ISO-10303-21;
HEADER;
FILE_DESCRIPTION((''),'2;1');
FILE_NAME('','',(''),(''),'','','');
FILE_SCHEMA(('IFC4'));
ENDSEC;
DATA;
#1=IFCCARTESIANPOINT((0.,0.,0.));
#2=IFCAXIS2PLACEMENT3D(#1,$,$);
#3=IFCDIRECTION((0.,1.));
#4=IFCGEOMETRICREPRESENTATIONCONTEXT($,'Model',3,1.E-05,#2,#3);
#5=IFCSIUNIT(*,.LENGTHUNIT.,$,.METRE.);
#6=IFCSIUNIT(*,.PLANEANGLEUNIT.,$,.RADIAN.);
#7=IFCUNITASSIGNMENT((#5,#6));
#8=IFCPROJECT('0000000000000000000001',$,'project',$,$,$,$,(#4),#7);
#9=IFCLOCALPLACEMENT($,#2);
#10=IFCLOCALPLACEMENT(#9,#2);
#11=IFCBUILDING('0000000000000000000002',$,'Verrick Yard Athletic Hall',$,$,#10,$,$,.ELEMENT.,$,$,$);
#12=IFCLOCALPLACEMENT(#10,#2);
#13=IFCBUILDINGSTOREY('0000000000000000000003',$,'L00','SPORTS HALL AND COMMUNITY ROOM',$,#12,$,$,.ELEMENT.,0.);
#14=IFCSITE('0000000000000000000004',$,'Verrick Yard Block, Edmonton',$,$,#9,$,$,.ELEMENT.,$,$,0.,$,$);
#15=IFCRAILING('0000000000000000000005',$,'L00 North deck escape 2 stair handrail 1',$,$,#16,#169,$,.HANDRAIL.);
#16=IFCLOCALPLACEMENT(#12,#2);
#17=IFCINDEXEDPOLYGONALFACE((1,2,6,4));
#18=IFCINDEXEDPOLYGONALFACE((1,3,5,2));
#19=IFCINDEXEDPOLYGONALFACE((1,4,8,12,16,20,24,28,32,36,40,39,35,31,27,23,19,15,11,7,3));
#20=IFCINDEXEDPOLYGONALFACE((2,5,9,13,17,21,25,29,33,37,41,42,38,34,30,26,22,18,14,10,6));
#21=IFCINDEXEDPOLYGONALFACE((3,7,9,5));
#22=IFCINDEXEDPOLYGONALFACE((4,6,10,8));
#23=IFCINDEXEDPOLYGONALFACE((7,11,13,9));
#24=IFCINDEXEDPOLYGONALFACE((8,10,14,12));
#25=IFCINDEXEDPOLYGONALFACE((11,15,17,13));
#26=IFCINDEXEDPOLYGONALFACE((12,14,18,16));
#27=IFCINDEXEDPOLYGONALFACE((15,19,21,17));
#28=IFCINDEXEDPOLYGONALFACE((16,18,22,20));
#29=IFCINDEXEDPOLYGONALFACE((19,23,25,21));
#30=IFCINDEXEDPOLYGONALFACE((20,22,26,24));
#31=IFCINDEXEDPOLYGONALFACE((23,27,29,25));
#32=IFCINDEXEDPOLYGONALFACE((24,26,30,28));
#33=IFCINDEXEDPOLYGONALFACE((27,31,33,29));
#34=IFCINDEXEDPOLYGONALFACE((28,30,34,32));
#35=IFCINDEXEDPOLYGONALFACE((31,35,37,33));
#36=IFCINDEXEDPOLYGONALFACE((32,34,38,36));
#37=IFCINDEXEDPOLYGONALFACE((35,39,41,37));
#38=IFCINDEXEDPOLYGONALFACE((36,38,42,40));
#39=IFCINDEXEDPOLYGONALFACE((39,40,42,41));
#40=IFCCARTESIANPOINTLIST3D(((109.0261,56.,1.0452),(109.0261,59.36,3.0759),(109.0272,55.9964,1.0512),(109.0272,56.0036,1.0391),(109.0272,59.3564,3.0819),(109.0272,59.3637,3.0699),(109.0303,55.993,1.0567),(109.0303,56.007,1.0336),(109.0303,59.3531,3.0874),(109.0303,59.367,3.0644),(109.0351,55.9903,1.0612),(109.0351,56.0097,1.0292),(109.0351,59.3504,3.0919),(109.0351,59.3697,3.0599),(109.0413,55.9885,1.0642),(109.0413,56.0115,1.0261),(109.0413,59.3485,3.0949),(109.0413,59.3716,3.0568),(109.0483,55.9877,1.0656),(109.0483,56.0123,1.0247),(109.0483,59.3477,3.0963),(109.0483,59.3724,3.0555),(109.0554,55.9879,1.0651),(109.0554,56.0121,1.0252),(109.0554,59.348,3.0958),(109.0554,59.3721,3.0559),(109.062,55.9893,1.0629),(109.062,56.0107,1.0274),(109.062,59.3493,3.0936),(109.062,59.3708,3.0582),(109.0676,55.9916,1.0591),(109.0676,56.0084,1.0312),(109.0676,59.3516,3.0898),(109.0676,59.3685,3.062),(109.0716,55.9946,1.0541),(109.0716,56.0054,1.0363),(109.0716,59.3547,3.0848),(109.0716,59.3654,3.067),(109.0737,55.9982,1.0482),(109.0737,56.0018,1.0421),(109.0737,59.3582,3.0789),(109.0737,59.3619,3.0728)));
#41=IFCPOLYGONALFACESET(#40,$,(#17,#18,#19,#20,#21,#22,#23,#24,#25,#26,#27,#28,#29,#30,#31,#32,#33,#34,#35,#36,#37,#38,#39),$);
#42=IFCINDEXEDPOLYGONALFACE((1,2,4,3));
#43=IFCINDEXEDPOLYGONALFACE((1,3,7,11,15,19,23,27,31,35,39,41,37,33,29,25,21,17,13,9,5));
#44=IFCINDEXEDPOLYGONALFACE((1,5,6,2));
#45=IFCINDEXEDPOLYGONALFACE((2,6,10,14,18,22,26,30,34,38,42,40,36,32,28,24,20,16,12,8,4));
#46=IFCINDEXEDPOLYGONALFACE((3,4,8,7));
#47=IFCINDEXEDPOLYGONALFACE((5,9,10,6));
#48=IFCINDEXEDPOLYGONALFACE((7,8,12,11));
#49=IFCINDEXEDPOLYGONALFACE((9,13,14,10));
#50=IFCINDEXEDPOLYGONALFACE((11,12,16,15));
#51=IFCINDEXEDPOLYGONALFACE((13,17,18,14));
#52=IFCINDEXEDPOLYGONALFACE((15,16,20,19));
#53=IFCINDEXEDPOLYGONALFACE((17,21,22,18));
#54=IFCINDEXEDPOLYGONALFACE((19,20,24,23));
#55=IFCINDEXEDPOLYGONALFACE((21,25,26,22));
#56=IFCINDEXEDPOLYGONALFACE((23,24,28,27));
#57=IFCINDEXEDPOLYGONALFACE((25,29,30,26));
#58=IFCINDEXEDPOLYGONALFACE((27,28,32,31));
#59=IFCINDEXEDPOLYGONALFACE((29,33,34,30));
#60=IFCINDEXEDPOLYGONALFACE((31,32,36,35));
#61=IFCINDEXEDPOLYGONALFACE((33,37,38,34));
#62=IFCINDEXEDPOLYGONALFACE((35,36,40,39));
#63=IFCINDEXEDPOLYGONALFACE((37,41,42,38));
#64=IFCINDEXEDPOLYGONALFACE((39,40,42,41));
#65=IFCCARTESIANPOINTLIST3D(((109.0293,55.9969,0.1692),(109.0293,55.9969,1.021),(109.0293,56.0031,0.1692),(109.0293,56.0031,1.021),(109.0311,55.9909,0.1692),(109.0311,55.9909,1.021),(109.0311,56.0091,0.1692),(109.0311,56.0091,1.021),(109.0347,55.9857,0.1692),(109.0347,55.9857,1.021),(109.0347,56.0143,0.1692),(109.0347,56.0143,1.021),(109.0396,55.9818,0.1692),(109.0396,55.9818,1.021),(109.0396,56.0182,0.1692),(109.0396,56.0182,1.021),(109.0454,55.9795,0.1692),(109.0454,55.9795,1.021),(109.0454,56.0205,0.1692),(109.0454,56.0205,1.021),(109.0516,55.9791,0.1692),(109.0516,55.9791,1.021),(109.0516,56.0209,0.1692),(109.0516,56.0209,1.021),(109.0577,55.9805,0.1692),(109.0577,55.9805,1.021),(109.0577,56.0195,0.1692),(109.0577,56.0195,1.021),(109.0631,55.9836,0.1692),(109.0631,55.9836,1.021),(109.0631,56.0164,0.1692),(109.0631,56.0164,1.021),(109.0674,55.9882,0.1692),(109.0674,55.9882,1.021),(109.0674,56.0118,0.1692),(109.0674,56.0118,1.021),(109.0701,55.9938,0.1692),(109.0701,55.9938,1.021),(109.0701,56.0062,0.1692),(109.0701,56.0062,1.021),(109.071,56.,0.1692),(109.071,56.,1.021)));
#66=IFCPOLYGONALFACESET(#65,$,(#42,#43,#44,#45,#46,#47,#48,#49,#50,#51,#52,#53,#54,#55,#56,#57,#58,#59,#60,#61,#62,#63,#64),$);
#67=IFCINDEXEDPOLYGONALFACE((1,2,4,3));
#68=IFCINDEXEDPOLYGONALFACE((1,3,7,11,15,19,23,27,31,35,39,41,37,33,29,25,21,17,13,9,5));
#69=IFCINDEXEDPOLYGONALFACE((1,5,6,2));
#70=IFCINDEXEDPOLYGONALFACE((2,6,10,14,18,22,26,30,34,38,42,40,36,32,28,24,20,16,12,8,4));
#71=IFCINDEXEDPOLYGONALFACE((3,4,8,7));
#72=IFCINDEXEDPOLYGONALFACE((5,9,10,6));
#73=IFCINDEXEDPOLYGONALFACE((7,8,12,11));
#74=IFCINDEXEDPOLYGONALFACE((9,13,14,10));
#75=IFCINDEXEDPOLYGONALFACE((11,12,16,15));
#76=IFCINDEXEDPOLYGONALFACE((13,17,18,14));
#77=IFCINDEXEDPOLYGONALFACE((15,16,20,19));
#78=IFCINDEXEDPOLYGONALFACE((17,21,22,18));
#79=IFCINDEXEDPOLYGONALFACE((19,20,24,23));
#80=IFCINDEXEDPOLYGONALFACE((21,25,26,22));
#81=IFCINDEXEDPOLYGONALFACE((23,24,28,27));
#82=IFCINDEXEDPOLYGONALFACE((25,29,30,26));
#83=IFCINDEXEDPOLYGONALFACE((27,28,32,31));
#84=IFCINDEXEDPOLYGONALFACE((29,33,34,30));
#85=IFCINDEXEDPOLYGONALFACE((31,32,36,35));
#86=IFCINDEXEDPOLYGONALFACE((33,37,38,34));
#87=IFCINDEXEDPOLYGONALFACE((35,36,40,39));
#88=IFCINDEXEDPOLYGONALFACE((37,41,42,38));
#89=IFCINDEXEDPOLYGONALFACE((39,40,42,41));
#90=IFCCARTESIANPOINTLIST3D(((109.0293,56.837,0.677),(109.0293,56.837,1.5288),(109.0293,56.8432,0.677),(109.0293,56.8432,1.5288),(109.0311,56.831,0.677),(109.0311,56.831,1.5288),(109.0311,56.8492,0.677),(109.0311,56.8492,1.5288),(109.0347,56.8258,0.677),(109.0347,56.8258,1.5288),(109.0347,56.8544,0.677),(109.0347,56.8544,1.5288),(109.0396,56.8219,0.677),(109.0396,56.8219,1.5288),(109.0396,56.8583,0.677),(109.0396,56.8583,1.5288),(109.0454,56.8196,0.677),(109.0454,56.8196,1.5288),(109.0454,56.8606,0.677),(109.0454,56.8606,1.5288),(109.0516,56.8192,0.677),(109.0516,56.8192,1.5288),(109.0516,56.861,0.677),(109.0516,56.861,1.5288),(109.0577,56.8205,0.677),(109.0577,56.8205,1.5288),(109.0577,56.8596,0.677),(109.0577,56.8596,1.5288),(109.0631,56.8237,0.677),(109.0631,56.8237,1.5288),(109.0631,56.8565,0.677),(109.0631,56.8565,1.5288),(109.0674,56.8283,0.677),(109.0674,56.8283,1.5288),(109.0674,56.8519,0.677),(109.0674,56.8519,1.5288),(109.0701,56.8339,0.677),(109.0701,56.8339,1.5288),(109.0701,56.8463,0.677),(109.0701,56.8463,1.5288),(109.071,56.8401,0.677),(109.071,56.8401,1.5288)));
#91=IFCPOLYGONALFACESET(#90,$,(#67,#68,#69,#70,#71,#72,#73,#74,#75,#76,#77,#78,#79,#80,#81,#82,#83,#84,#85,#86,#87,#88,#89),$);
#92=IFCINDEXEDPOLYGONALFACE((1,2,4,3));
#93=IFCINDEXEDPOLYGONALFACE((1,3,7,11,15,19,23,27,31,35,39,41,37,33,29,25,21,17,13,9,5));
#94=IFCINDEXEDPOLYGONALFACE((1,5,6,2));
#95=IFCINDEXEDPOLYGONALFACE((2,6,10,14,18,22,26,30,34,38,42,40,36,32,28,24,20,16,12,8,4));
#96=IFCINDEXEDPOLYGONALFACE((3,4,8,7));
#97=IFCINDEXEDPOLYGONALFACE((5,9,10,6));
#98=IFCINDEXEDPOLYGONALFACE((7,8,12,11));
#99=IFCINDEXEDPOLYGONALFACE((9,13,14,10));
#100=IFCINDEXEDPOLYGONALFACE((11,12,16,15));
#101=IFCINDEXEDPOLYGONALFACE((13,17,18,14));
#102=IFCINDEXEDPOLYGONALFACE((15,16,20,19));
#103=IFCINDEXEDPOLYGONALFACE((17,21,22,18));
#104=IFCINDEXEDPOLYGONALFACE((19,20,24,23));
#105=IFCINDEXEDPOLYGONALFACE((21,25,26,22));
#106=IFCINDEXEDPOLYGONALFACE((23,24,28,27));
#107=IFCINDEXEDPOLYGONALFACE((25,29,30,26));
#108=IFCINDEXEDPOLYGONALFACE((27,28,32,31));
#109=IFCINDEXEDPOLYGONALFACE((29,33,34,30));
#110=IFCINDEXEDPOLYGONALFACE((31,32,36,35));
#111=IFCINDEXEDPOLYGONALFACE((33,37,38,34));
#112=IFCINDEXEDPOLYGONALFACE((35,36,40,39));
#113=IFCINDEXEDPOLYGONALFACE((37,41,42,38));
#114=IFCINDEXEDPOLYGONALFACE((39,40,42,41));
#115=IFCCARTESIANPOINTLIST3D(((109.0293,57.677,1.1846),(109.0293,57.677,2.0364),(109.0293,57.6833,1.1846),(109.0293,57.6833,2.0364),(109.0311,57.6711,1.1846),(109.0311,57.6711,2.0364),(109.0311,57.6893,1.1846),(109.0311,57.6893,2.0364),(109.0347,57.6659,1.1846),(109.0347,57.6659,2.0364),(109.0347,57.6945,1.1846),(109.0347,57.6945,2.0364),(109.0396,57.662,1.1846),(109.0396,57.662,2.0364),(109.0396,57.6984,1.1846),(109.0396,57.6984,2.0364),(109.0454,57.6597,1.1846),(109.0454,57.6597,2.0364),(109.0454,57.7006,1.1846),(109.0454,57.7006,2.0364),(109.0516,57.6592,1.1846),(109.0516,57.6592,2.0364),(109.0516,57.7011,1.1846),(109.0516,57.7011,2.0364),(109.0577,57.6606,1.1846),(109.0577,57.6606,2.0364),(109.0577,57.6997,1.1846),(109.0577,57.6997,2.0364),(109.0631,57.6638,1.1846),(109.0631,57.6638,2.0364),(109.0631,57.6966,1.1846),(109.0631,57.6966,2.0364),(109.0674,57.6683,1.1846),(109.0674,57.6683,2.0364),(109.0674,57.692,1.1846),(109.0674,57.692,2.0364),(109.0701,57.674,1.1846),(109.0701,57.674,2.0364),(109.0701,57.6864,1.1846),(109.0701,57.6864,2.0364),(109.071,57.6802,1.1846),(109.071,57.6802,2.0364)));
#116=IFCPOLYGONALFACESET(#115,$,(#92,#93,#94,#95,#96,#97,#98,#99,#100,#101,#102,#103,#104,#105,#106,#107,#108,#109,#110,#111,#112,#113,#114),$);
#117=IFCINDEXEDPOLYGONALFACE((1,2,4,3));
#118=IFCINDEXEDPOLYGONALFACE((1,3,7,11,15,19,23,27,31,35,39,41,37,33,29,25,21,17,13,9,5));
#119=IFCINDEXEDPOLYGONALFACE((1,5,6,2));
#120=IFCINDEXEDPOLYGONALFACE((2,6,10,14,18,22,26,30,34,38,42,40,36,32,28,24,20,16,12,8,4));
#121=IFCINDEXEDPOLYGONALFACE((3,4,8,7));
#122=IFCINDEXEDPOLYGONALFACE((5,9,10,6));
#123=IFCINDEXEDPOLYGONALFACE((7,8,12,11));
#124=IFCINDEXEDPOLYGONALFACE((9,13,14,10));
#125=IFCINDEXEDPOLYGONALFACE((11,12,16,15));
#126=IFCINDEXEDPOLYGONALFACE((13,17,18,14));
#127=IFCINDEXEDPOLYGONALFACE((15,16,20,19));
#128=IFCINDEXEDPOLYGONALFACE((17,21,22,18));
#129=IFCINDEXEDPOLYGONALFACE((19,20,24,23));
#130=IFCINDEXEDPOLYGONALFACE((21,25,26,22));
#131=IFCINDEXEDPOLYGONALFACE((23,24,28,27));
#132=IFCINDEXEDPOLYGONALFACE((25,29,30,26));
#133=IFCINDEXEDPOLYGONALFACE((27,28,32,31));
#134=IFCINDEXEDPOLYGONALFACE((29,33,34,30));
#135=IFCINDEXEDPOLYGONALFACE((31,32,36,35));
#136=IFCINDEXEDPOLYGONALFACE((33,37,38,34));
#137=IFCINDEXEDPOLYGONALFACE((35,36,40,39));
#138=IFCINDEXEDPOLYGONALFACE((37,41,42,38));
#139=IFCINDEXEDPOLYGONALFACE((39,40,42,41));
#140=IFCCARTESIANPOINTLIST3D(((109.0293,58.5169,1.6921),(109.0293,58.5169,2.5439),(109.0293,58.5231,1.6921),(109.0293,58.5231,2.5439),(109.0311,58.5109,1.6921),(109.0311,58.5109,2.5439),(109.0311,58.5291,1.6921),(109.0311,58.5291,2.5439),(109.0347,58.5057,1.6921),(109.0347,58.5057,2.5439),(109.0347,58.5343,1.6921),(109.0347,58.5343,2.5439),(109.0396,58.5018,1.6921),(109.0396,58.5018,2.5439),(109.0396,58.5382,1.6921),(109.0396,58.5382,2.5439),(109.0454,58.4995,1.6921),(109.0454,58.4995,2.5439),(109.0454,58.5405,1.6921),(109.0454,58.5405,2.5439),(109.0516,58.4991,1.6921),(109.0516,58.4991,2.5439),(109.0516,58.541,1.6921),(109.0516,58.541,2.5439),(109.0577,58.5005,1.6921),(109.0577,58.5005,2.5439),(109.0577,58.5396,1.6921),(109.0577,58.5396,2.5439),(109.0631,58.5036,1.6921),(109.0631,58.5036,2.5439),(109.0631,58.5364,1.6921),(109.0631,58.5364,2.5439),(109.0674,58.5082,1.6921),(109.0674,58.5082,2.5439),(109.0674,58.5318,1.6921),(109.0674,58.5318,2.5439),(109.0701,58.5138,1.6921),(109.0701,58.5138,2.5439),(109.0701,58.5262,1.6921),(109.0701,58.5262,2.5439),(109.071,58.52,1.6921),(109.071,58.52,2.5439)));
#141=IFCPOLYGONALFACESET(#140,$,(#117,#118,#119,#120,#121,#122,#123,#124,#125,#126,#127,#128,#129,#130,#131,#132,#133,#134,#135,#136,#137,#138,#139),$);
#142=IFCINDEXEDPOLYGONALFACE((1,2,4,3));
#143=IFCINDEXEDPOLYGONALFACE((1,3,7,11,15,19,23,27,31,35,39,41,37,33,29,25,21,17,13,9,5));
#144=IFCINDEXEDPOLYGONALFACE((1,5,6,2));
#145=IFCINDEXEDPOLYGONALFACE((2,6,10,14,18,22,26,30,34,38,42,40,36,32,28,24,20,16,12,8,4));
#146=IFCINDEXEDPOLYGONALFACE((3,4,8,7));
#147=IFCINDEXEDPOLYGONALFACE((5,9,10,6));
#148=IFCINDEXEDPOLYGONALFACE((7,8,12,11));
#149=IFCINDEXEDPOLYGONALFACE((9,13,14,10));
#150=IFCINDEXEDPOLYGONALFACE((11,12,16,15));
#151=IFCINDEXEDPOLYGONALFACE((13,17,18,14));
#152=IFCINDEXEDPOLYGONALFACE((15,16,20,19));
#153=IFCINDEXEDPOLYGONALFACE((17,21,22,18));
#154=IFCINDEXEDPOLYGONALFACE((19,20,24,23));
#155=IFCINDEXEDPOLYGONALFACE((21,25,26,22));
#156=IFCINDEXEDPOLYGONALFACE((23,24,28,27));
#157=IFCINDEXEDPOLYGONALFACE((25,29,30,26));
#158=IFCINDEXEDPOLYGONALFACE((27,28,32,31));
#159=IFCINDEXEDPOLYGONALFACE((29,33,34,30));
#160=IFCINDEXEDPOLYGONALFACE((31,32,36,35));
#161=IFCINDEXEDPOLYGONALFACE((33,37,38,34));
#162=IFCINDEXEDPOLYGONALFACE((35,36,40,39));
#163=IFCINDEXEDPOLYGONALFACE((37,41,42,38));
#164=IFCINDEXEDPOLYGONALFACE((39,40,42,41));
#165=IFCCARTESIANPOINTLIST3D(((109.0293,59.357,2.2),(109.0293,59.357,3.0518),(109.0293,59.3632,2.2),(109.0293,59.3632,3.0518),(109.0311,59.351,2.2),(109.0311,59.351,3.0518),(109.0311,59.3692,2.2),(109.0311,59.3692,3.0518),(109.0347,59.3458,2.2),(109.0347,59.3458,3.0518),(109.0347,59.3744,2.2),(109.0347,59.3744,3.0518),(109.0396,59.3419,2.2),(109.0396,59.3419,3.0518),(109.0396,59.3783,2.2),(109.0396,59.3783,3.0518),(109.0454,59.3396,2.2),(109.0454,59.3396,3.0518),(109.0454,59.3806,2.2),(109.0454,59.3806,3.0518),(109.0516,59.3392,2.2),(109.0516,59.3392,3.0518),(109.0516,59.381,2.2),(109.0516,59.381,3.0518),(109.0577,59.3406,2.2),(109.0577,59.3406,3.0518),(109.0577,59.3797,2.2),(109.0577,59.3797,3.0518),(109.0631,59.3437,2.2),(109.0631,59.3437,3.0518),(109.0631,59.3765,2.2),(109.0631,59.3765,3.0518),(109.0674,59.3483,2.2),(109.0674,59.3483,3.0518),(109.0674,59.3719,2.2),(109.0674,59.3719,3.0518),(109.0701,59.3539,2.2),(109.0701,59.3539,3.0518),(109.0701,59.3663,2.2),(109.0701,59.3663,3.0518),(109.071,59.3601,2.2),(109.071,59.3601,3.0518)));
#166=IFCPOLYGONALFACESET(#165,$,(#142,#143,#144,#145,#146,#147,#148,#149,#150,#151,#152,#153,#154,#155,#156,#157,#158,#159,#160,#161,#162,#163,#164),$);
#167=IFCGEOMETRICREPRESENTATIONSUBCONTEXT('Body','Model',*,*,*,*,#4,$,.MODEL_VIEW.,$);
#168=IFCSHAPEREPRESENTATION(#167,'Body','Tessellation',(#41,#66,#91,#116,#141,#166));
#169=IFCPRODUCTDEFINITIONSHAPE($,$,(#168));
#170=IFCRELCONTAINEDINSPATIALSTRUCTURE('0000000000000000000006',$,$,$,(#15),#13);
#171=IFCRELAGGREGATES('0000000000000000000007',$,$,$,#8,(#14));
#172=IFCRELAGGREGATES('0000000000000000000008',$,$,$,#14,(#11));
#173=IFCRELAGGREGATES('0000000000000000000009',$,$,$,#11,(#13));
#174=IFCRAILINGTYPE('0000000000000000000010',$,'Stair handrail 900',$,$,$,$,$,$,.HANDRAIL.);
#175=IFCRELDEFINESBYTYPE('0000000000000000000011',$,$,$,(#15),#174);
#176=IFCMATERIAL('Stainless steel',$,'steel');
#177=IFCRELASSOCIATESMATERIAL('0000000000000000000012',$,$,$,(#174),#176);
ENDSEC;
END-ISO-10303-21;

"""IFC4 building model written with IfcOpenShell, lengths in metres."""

from ifc_helpers import new_model, si_unit, direction, frame, origin, origin_2d, place, context, subcontext, project, spatial, circle, extrude, material, type_object, element, save


model = new_model("IFC4")

# Units and contexts
model_context = context("Model", 3, precision=1e-05, world=origin(), true_north=direction((0.0, 1.0)))
body_context = subcontext(model_context, "Body", "Model", "MODEL_VIEW")
ifc_project = project(units=[si_unit("LENGTHUNIT", "METRE"), si_unit("PLANEANGLEUNIT", "RADIAN")], contexts=[model_context])

# Site, building, storey
site_placement = place(None, origin())
site = spatial("IfcSite", under=ifc_project, at=site_placement, Name="Verrick Yard Block, Edmonton", CompositionType="ELEMENT", RefElevation=0.0)
building_placement = place(site_placement, origin())
building = spatial("IfcBuilding", under=site, at=building_placement, Name="Verrick Yard Athletic Hall", CompositionType="ELEMENT")
storey_placement = place(building_placement, origin())
storey = spatial("IfcBuildingStorey", under=building, at=storey_placement, Name="L00", Description="SPORTS HALL AND COMMUNITY ROOM", CompositionType="ELEMENT", Elevation=0.0)

# Railing
ifc_material_1 = material(Name="Stainless steel", Category="steel")
railing_type_1 = type_object("IfcRailingType", Name="Stair handrail 900", PredefinedType="HANDRAIL", material=ifc_material_1)
railing_1_placement = place(storey_placement, frame((109.05, 56.0, 0.1692)))
element("IfcRailing", 1, at=railing_1_placement, inside=storey, type_object=railing_type_1, Name="L00 North deck escape 2 stair handrail 1", PredefinedType="HANDRAIL", context=body_context, shape_type="SweptSolid", body=[
    extrude(circle(Radius=0.0239, at=origin_2d()), frame((0.0, 0.0, 0.876), z_axis=(0.0, 0.855837, 0.517246), x_axis=(-1.0, 0.0, 0.0)), (0.0, 0.0, 1.0), 3.926),
    extrude(circle(Radius=0.021, at=origin_2d()), origin(), (0.0, 0.0, 1.0), 0.8518),
    extrude(circle(Radius=0.021, at=origin_2d()), frame((0.0, 0.8401, 0.5078)), (0.0, 0.0, 1.0), 0.8518),
    extrude(circle(Radius=0.021, at=origin_2d()), frame((0.0, 1.6802, 1.0154)), (0.0, 0.0, 1.0), 0.8518),
    extrude(circle(Radius=0.021, at=origin_2d()), frame((0.0, 2.52, 1.5229)), (0.0, 0.0, 1.0), 0.8518),
    extrude(circle(Radius=0.021, at=origin_2d()), frame((0.0, 3.3601, 2.0308)), (0.0, 0.0, 1.0), 0.8518),
])

save(model, "model.ifc")
